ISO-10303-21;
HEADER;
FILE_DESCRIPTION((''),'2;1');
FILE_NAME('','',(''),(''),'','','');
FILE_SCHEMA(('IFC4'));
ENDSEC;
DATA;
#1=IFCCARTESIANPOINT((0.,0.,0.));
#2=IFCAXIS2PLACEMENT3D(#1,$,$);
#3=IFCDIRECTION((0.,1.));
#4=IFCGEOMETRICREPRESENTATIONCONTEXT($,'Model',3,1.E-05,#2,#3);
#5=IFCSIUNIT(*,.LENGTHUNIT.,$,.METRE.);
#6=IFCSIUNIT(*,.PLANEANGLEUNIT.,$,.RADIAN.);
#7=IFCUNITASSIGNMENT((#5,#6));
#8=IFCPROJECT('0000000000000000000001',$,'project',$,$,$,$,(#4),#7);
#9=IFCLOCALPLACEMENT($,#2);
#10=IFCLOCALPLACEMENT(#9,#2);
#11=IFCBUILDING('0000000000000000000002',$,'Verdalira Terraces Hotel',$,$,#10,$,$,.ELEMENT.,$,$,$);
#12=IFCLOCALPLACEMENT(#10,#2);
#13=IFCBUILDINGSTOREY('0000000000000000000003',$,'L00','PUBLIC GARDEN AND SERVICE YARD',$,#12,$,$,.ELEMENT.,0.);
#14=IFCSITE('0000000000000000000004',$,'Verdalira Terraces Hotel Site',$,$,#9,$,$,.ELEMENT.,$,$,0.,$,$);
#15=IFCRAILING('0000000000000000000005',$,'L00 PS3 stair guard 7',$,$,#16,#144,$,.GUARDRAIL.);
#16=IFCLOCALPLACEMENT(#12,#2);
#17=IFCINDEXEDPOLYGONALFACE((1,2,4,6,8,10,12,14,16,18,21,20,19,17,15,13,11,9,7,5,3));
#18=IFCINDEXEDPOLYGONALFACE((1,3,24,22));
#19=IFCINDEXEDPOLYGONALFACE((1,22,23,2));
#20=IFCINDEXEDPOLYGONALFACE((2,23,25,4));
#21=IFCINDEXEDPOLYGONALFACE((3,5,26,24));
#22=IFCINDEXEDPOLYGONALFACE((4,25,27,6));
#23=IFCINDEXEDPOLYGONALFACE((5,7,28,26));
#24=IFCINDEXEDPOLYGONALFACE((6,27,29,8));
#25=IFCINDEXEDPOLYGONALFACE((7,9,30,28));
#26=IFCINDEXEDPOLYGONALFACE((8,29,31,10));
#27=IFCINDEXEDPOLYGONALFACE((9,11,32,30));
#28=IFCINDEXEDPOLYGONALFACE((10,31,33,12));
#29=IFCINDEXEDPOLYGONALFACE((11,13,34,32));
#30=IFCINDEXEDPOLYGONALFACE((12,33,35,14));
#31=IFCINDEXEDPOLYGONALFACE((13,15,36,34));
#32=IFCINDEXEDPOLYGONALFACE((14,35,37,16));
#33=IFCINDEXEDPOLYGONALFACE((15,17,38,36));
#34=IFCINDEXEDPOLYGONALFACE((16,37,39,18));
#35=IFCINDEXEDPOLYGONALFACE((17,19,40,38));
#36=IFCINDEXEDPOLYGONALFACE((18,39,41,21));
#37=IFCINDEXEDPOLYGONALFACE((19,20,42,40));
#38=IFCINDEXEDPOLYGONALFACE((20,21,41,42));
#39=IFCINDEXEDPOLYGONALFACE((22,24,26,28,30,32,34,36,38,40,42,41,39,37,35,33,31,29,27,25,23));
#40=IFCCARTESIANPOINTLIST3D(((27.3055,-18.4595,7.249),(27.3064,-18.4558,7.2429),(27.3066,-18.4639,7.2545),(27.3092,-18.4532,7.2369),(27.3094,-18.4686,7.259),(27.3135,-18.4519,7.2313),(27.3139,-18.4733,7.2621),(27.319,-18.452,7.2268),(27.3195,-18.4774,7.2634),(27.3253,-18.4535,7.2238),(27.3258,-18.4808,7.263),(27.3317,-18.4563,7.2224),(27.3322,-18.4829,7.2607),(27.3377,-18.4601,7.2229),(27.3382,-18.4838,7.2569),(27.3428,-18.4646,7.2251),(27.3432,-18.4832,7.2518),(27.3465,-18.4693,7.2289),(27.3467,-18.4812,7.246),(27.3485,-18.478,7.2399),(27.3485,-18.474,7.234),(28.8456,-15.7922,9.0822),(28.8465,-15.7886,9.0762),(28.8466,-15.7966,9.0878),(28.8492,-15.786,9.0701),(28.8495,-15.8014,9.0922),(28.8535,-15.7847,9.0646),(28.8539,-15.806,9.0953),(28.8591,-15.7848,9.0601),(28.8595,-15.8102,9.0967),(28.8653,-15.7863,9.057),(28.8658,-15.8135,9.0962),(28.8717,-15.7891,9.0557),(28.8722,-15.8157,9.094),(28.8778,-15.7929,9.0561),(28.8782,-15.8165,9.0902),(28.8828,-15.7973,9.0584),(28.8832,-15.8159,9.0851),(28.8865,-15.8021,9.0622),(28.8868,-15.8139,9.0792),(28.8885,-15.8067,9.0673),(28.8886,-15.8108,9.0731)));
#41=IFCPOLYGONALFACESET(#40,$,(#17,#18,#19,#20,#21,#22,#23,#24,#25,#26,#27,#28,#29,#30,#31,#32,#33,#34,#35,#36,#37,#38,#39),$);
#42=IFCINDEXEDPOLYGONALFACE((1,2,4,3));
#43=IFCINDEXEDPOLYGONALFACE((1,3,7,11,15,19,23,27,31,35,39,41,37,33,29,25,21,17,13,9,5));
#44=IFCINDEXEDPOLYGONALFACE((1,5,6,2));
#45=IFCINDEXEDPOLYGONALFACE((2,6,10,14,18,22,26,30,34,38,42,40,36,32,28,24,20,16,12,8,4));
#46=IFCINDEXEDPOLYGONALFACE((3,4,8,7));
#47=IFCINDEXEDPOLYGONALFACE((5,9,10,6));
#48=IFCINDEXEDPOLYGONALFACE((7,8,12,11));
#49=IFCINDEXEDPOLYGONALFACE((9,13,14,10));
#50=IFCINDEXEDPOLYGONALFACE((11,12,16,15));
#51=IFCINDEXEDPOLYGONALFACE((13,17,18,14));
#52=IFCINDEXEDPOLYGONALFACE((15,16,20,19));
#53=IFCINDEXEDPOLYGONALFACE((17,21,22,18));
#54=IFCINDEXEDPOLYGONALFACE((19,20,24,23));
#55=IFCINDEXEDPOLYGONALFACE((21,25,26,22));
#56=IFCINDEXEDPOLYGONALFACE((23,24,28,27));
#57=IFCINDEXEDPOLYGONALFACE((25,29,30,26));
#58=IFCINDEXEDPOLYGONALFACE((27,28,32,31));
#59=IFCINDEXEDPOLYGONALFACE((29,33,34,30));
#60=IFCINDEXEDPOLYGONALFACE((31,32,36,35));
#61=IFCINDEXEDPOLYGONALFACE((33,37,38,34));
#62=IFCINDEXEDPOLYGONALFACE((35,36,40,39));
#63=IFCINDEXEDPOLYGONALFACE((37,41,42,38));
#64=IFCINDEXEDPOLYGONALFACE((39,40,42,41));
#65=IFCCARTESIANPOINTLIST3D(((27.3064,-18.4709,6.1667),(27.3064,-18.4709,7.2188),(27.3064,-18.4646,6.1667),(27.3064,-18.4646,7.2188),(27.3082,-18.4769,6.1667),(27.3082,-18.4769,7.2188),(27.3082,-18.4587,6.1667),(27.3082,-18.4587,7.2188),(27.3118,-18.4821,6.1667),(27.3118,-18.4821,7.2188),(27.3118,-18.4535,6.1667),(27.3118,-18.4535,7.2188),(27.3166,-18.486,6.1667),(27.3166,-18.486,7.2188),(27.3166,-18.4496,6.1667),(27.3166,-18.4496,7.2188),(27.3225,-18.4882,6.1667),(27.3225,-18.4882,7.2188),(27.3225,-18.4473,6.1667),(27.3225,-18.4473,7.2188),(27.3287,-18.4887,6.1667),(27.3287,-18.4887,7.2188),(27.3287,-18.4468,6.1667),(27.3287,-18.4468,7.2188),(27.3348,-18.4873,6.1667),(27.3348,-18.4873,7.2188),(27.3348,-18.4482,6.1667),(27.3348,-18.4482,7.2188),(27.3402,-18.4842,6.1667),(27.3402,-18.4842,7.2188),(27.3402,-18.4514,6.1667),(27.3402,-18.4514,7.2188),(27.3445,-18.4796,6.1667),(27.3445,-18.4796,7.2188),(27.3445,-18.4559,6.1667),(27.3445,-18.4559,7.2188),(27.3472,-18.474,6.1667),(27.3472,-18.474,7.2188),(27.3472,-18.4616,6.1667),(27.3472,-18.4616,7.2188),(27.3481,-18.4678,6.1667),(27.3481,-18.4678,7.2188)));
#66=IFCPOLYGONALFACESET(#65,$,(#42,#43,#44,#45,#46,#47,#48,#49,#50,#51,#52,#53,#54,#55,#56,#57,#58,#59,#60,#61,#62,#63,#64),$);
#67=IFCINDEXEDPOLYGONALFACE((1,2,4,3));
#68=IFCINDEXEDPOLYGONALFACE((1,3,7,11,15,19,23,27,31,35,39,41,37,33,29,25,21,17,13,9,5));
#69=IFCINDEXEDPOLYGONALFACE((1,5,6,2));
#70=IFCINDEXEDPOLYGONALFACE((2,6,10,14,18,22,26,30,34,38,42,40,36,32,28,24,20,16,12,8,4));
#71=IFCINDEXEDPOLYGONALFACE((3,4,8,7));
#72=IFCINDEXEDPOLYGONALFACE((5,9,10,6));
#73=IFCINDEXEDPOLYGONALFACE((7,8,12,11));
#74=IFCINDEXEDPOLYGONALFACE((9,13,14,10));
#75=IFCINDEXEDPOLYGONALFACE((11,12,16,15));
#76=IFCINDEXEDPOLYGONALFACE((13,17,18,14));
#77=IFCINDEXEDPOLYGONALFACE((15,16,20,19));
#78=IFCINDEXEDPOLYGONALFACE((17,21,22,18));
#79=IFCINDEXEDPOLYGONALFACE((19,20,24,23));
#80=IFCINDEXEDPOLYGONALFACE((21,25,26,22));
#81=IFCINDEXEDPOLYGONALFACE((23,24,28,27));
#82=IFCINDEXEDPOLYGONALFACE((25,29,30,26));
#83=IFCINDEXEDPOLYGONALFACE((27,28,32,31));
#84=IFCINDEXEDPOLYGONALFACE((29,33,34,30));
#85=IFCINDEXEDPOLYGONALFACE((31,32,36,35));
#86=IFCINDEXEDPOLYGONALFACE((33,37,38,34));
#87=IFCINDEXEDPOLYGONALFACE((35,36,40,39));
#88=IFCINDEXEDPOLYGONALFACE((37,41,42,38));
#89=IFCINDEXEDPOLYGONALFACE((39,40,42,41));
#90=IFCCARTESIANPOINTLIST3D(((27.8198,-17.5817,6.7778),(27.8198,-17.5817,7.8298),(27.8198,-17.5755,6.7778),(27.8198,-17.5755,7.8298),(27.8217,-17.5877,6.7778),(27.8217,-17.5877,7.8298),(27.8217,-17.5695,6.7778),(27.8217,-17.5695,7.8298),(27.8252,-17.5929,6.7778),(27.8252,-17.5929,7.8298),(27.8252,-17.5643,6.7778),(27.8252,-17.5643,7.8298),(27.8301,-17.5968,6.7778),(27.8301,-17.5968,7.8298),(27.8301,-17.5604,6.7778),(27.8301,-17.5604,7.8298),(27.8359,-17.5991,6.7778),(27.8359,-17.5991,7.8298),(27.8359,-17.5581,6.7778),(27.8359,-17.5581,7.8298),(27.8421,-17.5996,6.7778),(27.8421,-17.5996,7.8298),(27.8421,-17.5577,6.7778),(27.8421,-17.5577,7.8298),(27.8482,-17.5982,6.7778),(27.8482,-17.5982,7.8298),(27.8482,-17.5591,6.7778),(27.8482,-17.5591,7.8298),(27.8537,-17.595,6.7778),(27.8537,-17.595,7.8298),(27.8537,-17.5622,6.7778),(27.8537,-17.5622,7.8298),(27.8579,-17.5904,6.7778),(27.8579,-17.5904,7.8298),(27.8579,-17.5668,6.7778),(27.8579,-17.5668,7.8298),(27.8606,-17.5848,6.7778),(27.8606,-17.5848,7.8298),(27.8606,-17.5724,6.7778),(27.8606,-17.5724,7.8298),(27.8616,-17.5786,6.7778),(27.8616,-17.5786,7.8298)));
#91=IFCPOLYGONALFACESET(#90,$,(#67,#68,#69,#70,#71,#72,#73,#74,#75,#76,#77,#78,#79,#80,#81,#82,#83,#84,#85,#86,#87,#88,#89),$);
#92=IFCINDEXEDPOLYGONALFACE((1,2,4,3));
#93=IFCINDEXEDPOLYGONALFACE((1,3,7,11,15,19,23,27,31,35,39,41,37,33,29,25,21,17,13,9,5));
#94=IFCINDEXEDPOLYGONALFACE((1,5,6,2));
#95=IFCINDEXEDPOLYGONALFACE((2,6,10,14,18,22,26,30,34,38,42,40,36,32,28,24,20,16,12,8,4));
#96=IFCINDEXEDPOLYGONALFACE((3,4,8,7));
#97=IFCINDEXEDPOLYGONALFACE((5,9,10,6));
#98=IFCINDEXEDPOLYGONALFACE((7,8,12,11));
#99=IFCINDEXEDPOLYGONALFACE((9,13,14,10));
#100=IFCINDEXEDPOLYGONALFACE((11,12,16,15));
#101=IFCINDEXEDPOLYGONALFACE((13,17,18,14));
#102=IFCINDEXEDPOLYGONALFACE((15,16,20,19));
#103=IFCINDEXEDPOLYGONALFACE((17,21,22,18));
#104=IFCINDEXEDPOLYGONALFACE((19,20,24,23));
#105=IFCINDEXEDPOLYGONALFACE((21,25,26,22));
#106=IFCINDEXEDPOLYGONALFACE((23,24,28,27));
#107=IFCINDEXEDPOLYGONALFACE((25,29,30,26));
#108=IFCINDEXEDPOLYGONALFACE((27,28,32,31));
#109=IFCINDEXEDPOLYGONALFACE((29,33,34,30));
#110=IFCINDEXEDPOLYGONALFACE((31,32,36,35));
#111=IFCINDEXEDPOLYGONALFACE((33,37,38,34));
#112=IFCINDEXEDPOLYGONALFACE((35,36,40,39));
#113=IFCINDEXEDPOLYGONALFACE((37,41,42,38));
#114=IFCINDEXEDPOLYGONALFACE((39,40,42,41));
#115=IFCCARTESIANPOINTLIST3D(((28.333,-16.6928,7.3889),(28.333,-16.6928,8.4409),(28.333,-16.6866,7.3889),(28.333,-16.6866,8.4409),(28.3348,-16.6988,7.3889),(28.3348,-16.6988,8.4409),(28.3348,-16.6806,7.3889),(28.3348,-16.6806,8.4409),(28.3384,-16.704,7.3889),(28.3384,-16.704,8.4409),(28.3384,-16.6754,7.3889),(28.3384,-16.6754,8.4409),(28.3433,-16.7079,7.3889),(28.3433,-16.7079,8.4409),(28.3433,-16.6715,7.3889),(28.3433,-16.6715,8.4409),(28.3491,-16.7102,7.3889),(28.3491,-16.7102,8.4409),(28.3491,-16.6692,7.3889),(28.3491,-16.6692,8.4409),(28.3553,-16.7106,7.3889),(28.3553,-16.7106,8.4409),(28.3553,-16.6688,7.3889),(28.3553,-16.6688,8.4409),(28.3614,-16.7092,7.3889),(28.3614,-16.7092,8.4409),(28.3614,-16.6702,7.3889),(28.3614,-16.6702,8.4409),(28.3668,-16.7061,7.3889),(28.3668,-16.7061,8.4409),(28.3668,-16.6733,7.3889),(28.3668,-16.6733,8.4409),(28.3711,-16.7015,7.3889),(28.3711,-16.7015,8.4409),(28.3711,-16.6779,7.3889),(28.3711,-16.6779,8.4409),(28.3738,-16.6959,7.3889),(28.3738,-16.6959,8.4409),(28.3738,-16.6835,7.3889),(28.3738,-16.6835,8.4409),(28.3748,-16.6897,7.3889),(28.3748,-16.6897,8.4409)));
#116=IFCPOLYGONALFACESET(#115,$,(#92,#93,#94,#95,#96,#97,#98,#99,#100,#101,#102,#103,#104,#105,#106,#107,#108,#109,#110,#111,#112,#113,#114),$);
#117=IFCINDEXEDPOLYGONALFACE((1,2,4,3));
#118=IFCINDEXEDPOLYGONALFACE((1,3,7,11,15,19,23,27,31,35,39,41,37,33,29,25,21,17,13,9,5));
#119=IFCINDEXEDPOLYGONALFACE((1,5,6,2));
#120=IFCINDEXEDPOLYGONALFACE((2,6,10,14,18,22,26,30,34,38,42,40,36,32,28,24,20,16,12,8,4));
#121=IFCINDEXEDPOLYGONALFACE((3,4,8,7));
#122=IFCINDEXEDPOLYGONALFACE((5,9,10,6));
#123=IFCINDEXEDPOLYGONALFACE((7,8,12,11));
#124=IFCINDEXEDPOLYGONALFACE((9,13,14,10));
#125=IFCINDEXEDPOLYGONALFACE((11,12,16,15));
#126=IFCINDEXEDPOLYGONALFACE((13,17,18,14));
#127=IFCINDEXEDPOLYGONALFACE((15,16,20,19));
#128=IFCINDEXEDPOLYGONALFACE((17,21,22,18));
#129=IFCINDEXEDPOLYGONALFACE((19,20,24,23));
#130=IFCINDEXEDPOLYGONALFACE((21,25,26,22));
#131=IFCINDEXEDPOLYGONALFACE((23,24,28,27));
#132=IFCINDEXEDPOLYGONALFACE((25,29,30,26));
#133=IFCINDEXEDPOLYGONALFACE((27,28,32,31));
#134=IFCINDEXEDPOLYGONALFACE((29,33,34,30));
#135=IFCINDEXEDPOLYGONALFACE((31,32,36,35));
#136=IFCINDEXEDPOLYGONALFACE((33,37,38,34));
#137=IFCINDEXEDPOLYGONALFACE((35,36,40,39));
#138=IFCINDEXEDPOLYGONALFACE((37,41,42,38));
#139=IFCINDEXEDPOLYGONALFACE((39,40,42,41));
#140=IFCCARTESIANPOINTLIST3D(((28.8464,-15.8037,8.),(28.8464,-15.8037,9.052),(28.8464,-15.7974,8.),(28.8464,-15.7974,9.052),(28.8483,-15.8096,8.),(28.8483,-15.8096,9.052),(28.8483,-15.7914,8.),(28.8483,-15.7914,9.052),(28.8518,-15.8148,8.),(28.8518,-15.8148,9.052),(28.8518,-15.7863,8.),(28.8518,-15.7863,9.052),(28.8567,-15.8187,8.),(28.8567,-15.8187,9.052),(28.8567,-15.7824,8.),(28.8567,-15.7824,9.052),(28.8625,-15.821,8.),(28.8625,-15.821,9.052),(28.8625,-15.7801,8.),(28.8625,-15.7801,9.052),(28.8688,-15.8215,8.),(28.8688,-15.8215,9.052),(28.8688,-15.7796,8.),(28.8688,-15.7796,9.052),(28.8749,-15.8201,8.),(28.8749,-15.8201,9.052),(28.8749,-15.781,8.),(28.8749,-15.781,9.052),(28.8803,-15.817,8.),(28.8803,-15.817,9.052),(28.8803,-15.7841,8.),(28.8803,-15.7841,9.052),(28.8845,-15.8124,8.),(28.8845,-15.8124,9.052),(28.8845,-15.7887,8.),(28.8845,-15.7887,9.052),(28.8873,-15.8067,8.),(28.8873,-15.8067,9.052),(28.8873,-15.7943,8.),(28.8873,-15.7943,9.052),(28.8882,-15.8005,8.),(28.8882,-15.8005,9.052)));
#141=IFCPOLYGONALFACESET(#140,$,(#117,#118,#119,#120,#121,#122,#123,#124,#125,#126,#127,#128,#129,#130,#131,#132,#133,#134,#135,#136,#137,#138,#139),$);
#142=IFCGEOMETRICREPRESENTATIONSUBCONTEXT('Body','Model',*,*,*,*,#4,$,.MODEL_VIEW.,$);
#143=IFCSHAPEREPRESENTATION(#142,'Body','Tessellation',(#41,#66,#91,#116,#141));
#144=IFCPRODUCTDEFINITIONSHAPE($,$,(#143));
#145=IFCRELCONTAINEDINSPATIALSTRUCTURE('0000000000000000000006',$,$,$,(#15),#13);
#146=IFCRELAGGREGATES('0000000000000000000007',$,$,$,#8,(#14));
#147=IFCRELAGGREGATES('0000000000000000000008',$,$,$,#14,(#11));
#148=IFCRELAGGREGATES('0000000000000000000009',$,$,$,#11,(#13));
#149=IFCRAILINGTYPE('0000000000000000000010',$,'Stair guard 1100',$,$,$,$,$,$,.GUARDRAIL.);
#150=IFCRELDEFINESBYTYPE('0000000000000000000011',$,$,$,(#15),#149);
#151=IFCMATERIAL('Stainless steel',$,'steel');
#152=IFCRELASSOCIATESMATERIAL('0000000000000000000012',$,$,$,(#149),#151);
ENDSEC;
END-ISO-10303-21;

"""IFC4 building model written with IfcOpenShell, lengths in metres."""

from ifc_helpers import new_model, si_unit, direction, frame, origin, origin_2d, place, context, subcontext, project, spatial, circle, extrude, material, type_object, element, save


model = new_model("IFC4")

# Units and contexts
model_context = context("Model", 3, precision=1e-05, world=origin(), true_north=direction((0.0, 1.0)))
body_context = subcontext(model_context, "Body", "Model", "MODEL_VIEW")
ifc_project = project(units=[si_unit("LENGTHUNIT", "METRE"), si_unit("PLANEANGLEUNIT", "RADIAN")], contexts=[model_context])

# Site, building, storey
site_placement = place(None, origin())
site = spatial("IfcSite", under=ifc_project, at=site_placement, Name="Verdalira Terraces Hotel Site", CompositionType="ELEMENT", RefElevation=0.0)
building_placement = place(site_placement, origin())
building = spatial("IfcBuilding", under=site, at=building_placement, Name="Verdalira Terraces Hotel", CompositionType="ELEMENT")
storey_placement = place(building_placement, origin())
storey = spatial("IfcBuildingStorey", under=building, at=storey_placement, Name="L00", Description="PUBLIC GARDEN AND SERVICE YARD", CompositionType="ELEMENT", Elevation=0.0)

# Railing
ifc_material_1 = material(Name="Stainless steel", Category="steel")
railing_type_1 = type_object("IfcRailingType", Name="Stair guard 1100", PredefinedType="GUARDRAIL", material=ifc_material_1)
railing_1_placement = place(storey_placement, frame((27.3271, -18.4678, 6.1667)))
element("IfcRailing", 1, at=railing_1_placement, inside=storey, type_object=railing_type_1, Name="L00 PS3 stair guard 7", PredefinedType="GUARDRAIL", context=body_context, shape_type="SweptSolid", body=[
    extrude(circle(Radius=0.0239, at=origin_2d()), frame((0.0, 0.0, 1.0762), z_axis=(0.429671, 0.744159, 0.511478), x_axis=(-0.86601, 0.500027, 0.0)), (0.0, 0.0, 1.0), 3.5842),
    extrude(circle(Radius=0.021, at=origin_2d()), origin(), (0.0, 0.0, 1.0), 1.052),
    extrude(circle(Radius=0.021, at=origin_2d()), frame((0.5134, 0.8892, 0.6111)), (0.0, 0.0, 1.0), 1.052),
    extrude(circle(Radius=0.021, at=origin_2d()), frame((1.0266, 1.7781, 1.2222)), (0.0, 0.0, 1.0), 1.052),
    extrude(circle(Radius=0.021, at=origin_2d()), frame((1.54, 2.6672, 1.8333)), (0.0, 0.0, 1.0), 1.052),
])

save(model, "model.ifc")
